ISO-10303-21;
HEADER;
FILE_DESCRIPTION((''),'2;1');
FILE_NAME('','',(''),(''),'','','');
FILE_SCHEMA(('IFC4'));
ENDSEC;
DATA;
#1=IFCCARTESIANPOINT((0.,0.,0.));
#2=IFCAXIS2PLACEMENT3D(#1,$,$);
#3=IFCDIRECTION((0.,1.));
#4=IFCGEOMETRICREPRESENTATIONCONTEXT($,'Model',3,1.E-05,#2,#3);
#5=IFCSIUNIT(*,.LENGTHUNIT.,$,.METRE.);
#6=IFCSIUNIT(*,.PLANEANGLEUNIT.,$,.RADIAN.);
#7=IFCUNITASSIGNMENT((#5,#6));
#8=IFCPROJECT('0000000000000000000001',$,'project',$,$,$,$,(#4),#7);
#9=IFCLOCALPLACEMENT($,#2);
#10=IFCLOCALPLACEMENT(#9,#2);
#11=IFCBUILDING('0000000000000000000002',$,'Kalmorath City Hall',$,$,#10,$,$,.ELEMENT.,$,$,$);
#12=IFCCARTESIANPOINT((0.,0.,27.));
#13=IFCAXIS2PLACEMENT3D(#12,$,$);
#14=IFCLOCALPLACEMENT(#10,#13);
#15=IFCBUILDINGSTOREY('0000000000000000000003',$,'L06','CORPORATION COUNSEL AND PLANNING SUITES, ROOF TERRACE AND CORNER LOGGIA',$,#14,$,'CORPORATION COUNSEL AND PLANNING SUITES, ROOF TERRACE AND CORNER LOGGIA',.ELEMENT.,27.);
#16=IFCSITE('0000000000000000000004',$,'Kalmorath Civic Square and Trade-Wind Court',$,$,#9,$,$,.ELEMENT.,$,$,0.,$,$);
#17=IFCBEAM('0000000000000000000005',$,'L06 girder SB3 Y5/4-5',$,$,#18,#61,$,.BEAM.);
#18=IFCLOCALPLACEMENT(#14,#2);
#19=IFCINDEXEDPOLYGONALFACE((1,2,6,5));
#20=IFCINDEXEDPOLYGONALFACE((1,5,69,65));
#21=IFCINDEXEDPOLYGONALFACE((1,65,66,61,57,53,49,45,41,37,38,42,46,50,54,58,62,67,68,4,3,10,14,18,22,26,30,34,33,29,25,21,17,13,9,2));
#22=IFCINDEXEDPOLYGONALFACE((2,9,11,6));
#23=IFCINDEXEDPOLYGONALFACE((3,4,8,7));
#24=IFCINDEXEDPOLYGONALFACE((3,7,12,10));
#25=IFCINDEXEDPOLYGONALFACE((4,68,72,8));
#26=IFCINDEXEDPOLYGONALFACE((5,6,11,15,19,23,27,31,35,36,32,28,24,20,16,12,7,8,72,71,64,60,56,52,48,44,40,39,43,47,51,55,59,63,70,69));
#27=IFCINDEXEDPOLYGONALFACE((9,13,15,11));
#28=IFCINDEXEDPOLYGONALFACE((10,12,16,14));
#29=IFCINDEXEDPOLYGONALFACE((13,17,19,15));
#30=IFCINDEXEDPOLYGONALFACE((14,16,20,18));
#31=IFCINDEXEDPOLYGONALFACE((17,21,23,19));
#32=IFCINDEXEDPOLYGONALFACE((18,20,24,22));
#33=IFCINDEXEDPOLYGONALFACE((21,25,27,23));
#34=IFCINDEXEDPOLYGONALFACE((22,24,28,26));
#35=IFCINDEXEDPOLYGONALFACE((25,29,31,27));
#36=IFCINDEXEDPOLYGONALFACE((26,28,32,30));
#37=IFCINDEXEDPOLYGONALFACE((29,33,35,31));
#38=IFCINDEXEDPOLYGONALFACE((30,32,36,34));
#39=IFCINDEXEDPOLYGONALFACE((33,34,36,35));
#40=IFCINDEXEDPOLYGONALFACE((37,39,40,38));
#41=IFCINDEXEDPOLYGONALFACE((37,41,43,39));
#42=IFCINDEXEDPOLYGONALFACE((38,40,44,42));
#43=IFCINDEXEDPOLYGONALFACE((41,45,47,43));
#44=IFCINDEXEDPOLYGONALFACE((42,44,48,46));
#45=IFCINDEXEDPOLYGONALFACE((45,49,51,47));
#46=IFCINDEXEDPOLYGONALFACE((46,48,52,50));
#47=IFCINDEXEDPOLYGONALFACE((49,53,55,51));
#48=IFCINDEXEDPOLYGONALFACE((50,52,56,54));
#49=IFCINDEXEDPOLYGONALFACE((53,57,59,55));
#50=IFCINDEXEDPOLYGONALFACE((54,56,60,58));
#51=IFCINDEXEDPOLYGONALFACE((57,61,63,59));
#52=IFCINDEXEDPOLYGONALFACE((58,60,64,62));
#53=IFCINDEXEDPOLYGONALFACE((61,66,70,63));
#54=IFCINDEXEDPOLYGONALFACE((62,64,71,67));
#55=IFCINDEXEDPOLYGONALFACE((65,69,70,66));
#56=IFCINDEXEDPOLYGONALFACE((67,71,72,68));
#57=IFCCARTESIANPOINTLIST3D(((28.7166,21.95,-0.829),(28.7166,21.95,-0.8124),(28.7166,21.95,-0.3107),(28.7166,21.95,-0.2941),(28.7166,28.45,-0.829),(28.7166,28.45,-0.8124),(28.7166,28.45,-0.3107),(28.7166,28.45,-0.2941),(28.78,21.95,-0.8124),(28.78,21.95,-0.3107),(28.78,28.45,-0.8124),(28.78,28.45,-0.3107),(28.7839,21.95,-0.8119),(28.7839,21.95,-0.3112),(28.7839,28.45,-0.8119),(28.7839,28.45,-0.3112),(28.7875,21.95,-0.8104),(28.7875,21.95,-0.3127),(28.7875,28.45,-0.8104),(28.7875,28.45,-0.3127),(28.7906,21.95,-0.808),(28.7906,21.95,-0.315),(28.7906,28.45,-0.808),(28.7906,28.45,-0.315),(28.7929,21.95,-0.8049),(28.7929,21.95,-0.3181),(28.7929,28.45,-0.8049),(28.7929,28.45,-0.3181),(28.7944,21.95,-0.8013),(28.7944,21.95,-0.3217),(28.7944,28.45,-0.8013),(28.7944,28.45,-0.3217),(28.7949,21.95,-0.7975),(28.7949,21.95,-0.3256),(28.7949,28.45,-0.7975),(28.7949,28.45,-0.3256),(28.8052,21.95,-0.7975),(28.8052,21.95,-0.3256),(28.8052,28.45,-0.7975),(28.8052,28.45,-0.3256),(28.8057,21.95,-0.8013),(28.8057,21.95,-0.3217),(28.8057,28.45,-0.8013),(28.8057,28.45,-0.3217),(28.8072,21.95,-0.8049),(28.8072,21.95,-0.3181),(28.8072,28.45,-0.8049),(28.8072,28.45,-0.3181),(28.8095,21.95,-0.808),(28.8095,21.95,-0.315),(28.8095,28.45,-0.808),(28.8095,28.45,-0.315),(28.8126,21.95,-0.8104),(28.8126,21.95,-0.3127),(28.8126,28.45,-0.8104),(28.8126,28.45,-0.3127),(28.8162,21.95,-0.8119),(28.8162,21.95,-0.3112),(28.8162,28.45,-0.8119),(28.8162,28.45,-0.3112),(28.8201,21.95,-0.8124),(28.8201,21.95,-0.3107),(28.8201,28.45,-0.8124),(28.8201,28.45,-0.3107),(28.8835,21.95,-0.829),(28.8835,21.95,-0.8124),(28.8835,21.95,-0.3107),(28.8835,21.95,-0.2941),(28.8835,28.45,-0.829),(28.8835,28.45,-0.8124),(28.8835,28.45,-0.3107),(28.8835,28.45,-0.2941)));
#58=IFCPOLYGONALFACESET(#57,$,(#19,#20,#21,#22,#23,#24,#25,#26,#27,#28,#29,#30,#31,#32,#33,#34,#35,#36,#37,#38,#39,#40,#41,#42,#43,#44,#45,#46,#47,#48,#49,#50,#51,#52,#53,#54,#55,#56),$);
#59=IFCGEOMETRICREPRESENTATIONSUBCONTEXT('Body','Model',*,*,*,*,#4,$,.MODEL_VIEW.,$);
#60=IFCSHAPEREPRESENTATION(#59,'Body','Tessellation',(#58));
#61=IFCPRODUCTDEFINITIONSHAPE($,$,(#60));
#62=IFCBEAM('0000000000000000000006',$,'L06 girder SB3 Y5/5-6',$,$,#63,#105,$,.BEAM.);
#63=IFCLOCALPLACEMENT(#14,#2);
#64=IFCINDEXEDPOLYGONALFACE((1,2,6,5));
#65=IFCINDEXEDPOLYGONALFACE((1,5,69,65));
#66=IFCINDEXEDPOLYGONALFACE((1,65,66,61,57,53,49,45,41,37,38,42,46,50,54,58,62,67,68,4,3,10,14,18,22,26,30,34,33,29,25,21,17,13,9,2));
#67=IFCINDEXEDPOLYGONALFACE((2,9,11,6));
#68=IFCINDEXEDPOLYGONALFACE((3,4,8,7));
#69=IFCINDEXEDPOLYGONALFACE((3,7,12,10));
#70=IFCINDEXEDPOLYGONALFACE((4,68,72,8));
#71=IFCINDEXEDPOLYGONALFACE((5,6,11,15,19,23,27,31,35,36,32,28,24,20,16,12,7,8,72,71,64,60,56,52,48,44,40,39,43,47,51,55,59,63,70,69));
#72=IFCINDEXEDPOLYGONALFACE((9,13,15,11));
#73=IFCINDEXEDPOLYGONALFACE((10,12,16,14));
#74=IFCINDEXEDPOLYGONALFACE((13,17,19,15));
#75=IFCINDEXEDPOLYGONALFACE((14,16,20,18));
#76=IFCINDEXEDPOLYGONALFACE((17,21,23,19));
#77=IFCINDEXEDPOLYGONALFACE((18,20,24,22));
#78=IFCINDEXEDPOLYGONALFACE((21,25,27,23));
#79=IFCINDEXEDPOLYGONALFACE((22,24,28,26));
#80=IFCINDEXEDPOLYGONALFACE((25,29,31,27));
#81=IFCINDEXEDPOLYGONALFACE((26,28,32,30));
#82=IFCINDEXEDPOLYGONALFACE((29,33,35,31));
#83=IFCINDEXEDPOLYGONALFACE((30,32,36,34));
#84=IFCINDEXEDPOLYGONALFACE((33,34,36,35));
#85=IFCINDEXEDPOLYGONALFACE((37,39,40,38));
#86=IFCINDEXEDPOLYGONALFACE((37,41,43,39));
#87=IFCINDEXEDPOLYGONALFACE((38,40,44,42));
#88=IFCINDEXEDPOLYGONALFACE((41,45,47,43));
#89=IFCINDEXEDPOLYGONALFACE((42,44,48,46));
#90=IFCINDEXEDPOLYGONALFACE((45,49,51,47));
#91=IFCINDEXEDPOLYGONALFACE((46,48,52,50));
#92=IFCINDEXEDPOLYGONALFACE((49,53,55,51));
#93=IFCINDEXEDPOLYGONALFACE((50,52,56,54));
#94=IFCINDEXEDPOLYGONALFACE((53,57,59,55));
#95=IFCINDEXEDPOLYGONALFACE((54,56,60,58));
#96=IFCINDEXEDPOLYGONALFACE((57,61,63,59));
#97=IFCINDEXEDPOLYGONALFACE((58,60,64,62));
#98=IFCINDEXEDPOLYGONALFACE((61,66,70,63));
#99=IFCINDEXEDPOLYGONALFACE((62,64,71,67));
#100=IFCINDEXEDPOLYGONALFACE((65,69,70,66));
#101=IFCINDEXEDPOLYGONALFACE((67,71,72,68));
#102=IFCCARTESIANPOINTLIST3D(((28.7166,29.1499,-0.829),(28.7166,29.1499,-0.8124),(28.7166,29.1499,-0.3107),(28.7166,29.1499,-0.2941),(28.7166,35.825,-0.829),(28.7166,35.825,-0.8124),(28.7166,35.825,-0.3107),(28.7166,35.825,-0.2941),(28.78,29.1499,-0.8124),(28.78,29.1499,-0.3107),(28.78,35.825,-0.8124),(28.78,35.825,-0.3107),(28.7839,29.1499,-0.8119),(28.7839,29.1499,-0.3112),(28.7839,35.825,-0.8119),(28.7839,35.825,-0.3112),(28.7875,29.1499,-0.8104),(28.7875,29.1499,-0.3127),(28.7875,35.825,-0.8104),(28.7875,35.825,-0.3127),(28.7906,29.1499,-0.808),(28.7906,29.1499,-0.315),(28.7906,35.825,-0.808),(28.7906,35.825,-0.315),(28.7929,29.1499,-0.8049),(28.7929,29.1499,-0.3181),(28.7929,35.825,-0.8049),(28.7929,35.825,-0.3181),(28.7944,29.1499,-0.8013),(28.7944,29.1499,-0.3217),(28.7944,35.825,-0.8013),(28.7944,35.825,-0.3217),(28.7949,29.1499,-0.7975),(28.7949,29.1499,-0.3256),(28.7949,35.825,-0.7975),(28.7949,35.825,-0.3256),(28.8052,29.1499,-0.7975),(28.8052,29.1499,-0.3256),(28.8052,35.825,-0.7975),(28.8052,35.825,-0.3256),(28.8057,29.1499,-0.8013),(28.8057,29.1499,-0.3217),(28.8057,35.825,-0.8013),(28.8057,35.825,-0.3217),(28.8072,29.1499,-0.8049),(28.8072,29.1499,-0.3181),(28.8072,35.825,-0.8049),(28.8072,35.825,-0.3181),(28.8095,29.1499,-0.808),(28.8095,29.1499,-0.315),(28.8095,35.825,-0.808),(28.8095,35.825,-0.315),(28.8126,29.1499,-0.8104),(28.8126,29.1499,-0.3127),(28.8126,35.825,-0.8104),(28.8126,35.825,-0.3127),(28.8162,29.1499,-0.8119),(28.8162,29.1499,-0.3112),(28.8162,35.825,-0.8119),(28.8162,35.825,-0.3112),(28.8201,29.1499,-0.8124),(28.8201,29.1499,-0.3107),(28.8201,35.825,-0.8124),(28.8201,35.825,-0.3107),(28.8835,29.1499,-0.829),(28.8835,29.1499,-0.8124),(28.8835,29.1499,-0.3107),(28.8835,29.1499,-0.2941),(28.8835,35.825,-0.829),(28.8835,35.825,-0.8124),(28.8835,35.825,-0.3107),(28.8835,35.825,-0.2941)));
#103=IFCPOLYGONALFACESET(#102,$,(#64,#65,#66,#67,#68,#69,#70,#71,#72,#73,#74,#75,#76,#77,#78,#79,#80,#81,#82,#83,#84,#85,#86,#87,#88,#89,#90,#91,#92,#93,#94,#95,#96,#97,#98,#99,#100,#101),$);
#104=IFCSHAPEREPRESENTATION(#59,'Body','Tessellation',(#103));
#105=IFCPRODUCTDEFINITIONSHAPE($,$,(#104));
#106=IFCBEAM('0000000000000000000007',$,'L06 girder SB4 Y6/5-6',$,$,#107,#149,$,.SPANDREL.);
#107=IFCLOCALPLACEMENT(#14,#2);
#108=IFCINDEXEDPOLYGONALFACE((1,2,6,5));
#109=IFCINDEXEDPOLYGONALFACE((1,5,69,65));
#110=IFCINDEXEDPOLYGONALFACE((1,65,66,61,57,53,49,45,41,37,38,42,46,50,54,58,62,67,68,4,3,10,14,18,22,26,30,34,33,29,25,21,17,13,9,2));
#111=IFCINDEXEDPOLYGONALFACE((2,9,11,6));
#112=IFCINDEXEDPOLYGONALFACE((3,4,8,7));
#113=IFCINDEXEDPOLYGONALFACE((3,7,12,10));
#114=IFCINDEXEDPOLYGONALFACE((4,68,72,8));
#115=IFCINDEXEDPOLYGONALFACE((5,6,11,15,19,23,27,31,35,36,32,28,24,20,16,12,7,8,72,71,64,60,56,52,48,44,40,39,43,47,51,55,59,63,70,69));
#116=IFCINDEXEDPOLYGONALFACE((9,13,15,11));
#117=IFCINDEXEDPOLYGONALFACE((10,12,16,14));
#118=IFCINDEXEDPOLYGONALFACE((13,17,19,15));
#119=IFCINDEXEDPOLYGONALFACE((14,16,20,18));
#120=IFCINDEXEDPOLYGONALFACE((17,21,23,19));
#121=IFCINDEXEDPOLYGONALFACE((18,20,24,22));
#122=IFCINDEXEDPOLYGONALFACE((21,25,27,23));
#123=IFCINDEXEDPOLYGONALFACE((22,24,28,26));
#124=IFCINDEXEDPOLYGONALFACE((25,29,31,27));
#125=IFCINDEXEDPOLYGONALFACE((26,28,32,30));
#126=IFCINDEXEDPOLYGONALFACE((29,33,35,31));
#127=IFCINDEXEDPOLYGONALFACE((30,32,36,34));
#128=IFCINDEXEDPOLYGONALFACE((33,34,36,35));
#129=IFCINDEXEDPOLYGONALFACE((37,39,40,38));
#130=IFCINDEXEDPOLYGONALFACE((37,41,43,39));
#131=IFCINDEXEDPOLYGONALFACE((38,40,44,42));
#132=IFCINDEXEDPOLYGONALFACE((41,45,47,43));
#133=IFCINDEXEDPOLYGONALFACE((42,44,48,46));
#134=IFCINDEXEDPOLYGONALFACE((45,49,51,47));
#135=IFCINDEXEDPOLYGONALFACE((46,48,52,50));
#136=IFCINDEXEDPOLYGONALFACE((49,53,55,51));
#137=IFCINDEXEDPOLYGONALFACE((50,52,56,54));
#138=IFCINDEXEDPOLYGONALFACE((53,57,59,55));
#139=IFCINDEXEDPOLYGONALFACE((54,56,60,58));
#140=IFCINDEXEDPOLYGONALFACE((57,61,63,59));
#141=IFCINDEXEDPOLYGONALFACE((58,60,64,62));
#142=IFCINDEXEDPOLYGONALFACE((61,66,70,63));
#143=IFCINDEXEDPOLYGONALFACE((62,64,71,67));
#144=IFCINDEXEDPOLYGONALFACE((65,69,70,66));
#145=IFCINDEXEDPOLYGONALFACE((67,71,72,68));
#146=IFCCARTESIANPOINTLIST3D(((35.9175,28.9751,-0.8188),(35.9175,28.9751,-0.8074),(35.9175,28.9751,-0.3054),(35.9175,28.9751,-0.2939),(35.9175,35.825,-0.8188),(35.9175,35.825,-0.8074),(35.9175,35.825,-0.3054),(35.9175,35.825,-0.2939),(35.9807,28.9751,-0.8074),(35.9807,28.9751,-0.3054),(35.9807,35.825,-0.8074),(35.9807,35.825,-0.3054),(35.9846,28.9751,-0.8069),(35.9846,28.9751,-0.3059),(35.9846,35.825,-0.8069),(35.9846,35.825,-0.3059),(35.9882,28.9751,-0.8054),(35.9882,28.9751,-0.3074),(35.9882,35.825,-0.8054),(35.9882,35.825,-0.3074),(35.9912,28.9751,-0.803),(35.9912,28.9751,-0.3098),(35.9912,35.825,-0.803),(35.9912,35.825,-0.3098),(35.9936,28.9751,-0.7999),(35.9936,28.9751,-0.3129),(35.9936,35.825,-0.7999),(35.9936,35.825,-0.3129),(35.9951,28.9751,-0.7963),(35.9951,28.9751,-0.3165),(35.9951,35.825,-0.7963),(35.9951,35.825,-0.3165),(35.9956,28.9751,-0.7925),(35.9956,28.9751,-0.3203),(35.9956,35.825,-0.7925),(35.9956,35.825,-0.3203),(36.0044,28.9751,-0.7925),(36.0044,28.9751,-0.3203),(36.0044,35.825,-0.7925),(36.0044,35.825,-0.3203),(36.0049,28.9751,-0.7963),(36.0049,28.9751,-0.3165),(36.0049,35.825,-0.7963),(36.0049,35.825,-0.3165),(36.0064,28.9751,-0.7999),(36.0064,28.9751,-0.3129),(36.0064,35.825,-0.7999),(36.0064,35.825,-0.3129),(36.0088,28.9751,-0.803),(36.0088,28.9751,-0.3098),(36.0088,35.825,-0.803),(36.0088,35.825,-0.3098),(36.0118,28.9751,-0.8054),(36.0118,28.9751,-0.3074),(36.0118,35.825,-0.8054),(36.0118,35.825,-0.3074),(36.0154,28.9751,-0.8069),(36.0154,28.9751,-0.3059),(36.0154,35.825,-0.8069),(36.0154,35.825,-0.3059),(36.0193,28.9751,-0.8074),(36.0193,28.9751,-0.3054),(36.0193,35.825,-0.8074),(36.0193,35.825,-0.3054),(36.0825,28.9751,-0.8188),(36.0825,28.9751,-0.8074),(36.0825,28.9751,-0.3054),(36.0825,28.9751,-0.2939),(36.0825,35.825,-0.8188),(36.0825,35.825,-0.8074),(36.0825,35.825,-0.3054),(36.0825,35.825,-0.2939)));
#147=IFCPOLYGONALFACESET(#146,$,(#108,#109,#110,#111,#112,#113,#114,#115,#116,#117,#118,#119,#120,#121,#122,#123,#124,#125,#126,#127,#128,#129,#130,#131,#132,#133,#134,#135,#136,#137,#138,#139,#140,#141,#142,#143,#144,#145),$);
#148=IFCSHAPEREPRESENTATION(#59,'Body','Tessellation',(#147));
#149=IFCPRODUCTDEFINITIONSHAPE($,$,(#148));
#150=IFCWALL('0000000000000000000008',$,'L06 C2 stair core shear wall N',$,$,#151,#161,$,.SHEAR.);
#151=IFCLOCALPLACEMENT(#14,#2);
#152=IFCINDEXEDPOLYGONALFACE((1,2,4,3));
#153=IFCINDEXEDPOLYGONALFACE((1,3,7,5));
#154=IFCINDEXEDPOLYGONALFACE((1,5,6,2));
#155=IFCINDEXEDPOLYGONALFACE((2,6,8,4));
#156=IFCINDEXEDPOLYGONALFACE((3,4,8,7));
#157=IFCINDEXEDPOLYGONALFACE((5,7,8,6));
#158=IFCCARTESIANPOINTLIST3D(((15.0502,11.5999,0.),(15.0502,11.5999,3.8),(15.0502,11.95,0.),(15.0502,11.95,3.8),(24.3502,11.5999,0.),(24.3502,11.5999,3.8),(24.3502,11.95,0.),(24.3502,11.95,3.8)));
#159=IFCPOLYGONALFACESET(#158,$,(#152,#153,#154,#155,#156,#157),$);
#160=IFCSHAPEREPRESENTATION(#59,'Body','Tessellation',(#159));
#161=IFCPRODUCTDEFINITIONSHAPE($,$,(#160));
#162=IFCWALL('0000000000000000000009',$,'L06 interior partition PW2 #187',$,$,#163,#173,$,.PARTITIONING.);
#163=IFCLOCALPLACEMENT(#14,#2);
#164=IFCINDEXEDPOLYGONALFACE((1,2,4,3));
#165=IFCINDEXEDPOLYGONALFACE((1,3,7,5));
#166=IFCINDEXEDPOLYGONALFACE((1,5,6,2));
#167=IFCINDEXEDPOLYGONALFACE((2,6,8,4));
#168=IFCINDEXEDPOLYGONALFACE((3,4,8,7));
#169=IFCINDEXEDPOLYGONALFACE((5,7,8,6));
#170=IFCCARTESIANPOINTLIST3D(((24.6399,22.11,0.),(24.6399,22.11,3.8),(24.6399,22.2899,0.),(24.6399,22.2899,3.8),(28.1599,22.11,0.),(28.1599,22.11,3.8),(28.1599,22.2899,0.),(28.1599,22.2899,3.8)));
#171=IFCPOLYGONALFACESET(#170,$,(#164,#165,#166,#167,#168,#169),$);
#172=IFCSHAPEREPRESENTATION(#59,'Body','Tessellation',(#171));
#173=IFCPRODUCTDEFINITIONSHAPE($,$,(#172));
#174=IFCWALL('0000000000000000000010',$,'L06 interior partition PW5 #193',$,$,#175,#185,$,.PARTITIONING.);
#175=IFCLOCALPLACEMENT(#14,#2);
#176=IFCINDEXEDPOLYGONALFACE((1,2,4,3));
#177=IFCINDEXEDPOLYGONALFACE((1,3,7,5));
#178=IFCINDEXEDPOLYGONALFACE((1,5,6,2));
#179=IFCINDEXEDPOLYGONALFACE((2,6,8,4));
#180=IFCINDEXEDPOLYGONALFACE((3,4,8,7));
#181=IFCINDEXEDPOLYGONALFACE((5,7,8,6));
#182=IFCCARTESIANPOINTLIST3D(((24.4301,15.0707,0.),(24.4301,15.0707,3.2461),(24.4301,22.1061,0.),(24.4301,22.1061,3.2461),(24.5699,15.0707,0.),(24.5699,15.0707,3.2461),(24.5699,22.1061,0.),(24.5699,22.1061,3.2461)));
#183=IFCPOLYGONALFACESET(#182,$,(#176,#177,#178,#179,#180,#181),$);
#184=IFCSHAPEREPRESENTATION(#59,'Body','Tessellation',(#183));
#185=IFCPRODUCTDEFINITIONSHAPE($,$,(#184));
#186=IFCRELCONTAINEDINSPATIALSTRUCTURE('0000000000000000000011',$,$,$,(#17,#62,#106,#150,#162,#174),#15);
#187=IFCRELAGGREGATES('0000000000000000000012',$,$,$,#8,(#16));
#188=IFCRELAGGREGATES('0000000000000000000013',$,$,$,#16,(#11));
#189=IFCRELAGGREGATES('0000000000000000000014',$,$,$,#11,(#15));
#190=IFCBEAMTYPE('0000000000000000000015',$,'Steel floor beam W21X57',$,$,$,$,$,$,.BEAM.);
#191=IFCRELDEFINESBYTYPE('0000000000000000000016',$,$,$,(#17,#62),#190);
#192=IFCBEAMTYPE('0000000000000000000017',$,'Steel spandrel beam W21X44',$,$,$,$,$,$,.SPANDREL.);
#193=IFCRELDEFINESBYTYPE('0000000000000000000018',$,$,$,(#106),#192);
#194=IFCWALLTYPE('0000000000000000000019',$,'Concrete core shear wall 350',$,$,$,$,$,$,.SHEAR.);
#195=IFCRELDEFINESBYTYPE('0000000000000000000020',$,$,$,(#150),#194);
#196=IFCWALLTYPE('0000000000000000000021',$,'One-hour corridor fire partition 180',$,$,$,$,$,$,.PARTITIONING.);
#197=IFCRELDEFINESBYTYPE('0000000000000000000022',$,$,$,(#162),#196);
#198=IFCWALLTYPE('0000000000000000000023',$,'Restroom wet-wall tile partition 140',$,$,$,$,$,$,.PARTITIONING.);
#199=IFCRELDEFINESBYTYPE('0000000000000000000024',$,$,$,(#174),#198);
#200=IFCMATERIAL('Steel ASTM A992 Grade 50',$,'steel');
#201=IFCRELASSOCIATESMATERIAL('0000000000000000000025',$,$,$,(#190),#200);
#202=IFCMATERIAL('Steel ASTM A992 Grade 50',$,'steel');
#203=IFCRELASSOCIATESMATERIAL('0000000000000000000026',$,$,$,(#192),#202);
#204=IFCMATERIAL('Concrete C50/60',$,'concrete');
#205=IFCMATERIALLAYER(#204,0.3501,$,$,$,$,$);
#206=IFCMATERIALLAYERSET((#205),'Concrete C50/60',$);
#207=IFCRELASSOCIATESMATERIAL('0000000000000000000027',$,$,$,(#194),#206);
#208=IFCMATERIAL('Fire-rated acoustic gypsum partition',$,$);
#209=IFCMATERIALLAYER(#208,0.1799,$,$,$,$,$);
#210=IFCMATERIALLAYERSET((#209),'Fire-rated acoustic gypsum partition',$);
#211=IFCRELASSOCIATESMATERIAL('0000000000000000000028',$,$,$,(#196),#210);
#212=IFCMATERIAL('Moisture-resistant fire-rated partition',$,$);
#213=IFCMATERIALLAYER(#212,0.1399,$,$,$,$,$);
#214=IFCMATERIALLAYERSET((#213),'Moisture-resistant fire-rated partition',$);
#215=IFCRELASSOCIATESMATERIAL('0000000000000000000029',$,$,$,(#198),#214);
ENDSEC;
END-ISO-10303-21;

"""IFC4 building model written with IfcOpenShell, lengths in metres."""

from ifc_helpers import new_model, si_unit, direction, frame, frame_2d, origin, origin_2d, place, context, subcontext, project, spatial, rectangle, i_section, extrude, material, layer, layer_set, material_profile, profile_set, type_object, element, save


model = new_model("IFC4")

# Units and contexts
model_context = context("Model", 3, precision=1e-05, world=origin(), true_north=direction((0.0, 1.0)))
body_context = subcontext(model_context, "Body", "Model", "MODEL_VIEW")
ifc_project = project(units=[si_unit("LENGTHUNIT", "METRE"), si_unit("PLANEANGLEUNIT", "RADIAN")], contexts=[model_context])

# Site, building, storey
site_placement = place(None, origin())
site = spatial("IfcSite", under=ifc_project, at=site_placement, Name="Kalmorath Civic Square and Trade-Wind Court", CompositionType="ELEMENT", RefElevation=0.0)
building_placement = place(site_placement, origin())
building = spatial("IfcBuilding", under=site, at=building_placement, Name="Kalmorath City Hall", CompositionType="ELEMENT")
storey_placement = place(building_placement, frame((0.0, 0.0, 27.0)))
storey = spatial("IfcBuildingStorey", under=building, at=storey_placement, Name="L06", Description="CORPORATION COUNSEL AND PLANNING SUITES, ROOF TERRACE AND CORNER LOGGIA", LongName="CORPORATION COUNSEL AND PLANNING SUITES, ROOF TERRACE AND CORNER LOGGIA", CompositionType="ELEMENT", Elevation=27.0)

# Beams
ifc_material_1 = material(Name="Steel ASTM A992 Grade 50", Category="steel")
ifc_material_profile_1 = material_profile(ifc_material_1, i_section(OverallWidth=0.167, OverallDepth=0.5349, WebThickness=0.0103, FlangeThickness=0.0166, FilletRadius=0.0149, at=origin_2d()), Name="W21X57")
ifc_profile_set_1 = profile_set([ifc_material_profile_1], Name="Steel ASTM A992 Grade 50")
beam_type_1 = type_object("IfcBeamType", Name="Steel floor beam W21X57", PredefinedType="BEAM", material=ifc_profile_set_1)
for number, where, z_axis, x_axis, name in (
    (1, (28.8, 21.95, -0.5615), (0.0, 1.0, 0.0), (-1.0, 0.0, 0.0), "L06 girder SB3 Y5/4-5"),
):
    element("IfcBeam", number, at=place(storey_placement, frame(where, z_axis=z_axis, x_axis=x_axis)), inside=storey, type_object=beam_type_1, Name=name, PredefinedType="BEAM", context=body_context, shape_type="SweptSolid", body=[
        extrude(i_section(OverallWidth=0.167, OverallDepth=0.5349, WebThickness=0.0103, FlangeThickness=0.0166, FilletRadius=0.0149, at=origin_2d()), origin(), (0.0, 0.0, 1.0), 6.5),
    ])
beam_1_placement = place(storey_placement, frame((28.8, 29.1499, -0.5615), z_axis=(0.0, 1.0, 0.0), x_axis=(-1.0, 0.0, 0.0)))
element("IfcBeam", 2, at=beam_1_placement, inside=storey, type_object=beam_type_1, Name="L06 girder SB3 Y5/5-6", PredefinedType="BEAM", context=body_context, shape_type="SweptSolid", body=[
    extrude(i_section(OverallWidth=0.167, OverallDepth=0.5349, WebThickness=0.0103, FlangeThickness=0.0166, FilletRadius=0.0149, at=origin_2d()), origin(), (0.0, 0.0, 1.0), 6.675),
])
ifc_material_2 = material(Name="Steel ASTM A992 Grade 50", Category="steel")
ifc_material_profile_2 = material_profile(ifc_material_2, i_section(OverallWidth=0.165, OverallDepth=0.5249, WebThickness=0.0088, FlangeThickness=0.0115, FilletRadius=0.0149, at=origin_2d()), Name="W21X44")
ifc_profile_set_2 = profile_set([ifc_material_profile_2], Name="Steel ASTM A992 Grade 50")
beam_type_2 = type_object("IfcBeamType", Name="Steel spandrel beam W21X44", PredefinedType="SPANDREL", material=ifc_profile_set_2)
beam_2_placement = place(storey_placement, frame((36.0, 28.9751, -0.5564), z_axis=(0.0, 1.0, 0.0), x_axis=(-1.0, 0.0, 0.0)))
element("IfcBeam", 3, at=beam_2_placement, inside=storey, type_object=beam_type_2, Name="L06 girder SB4 Y6/5-6", PredefinedType="SPANDREL", context=body_context, shape_type="SweptSolid", body=[
    extrude(i_section(OverallWidth=0.165, OverallDepth=0.5249, WebThickness=0.0088, FlangeThickness=0.0115, FilletRadius=0.0149, at=origin_2d()), origin(), (0.0, 0.0, 1.0), 6.8499),
])

# Walls
ifc_material_3 = material(Name="Concrete C50/60", Category="concrete")
ifc_layer_1 = layer(ifc_material_3, 0.3501)
ifc_layer_set_1 = layer_set([ifc_layer_1], Name="Concrete C50/60")
wall_type_1 = type_object("IfcWallType", Name="Concrete core shear wall 350", PredefinedType="SHEAR", material=ifc_layer_set_1)
wall_1_placement = place(storey_placement, frame((24.3501, 11.7749, 0.0), z_axis=(0.0, 0.0, 1.0), x_axis=(-1.0, 0.0, 0.0)))
element("IfcWall", 4, at=wall_1_placement, inside=storey, type_object=wall_type_1, Name="L06 C2 stair core shear wall N", PredefinedType="SHEAR", context=body_context, shape_type="SweptSolid", body=[
    extrude(rectangle(XDim=9.3, YDim=0.3501, at=frame_2d((4.6499, 0.0))), origin(), (0.0, 0.0, 1.0), 3.8),
])
ifc_material_4 = material(Name="Fire-rated acoustic gypsum partition")
ifc_layer_2 = layer(ifc_material_4, 0.1799)
ifc_layer_set_2 = layer_set([ifc_layer_2], Name="Fire-rated acoustic gypsum partition")
wall_type_2 = type_object("IfcWallType", Name="One-hour corridor fire partition 180", PredefinedType="PARTITIONING", material=ifc_layer_set_2)
wall_2_placement = place(storey_placement, frame((24.6399, 22.2, 0.0), z_axis=(0.0, 0.0, 1.0), x_axis=(1.0, 0.0, 0.0)))
element("IfcWall", 5, at=wall_2_placement, inside=storey, type_object=wall_type_2, Name="L06 interior partition PW2 #187", PredefinedType="PARTITIONING", context=body_context, shape_type="SweptSolid", body=[
    extrude(rectangle(XDim=3.52, YDim=0.1799, at=frame_2d((1.76, 0.0))), origin(), (0.0, 0.0, 1.0), 3.8),
])

# Wall
ifc_material_5 = material(Name="Moisture-resistant fire-rated partition")
ifc_layer_3 = layer(ifc_material_5, 0.1399)
ifc_layer_set_3 = layer_set([ifc_layer_3], Name="Moisture-resistant fire-rated partition")
wall_type_3 = type_object("IfcWallType", Name="Restroom wet-wall tile partition 140", PredefinedType="PARTITIONING", material=ifc_layer_set_3)
wall_3_placement = place(storey_placement, frame((24.5, 15.0708, 0.0), z_axis=(0.0, 0.0, 1.0), x_axis=(0.0, 1.0, 0.0)))
element("IfcWall", 6, at=wall_3_placement, inside=storey, type_object=wall_type_3, Name="L06 interior partition PW5 #193", PredefinedType="PARTITIONING", context=body_context, shape_type="SweptSolid", body=[
    extrude(rectangle(XDim=7.0354, YDim=0.1399, at=frame_2d((3.5176, 0.0))), origin(), (0.0, 0.0, 1.0), 3.2461),
])

save(model, "model.ifc")
